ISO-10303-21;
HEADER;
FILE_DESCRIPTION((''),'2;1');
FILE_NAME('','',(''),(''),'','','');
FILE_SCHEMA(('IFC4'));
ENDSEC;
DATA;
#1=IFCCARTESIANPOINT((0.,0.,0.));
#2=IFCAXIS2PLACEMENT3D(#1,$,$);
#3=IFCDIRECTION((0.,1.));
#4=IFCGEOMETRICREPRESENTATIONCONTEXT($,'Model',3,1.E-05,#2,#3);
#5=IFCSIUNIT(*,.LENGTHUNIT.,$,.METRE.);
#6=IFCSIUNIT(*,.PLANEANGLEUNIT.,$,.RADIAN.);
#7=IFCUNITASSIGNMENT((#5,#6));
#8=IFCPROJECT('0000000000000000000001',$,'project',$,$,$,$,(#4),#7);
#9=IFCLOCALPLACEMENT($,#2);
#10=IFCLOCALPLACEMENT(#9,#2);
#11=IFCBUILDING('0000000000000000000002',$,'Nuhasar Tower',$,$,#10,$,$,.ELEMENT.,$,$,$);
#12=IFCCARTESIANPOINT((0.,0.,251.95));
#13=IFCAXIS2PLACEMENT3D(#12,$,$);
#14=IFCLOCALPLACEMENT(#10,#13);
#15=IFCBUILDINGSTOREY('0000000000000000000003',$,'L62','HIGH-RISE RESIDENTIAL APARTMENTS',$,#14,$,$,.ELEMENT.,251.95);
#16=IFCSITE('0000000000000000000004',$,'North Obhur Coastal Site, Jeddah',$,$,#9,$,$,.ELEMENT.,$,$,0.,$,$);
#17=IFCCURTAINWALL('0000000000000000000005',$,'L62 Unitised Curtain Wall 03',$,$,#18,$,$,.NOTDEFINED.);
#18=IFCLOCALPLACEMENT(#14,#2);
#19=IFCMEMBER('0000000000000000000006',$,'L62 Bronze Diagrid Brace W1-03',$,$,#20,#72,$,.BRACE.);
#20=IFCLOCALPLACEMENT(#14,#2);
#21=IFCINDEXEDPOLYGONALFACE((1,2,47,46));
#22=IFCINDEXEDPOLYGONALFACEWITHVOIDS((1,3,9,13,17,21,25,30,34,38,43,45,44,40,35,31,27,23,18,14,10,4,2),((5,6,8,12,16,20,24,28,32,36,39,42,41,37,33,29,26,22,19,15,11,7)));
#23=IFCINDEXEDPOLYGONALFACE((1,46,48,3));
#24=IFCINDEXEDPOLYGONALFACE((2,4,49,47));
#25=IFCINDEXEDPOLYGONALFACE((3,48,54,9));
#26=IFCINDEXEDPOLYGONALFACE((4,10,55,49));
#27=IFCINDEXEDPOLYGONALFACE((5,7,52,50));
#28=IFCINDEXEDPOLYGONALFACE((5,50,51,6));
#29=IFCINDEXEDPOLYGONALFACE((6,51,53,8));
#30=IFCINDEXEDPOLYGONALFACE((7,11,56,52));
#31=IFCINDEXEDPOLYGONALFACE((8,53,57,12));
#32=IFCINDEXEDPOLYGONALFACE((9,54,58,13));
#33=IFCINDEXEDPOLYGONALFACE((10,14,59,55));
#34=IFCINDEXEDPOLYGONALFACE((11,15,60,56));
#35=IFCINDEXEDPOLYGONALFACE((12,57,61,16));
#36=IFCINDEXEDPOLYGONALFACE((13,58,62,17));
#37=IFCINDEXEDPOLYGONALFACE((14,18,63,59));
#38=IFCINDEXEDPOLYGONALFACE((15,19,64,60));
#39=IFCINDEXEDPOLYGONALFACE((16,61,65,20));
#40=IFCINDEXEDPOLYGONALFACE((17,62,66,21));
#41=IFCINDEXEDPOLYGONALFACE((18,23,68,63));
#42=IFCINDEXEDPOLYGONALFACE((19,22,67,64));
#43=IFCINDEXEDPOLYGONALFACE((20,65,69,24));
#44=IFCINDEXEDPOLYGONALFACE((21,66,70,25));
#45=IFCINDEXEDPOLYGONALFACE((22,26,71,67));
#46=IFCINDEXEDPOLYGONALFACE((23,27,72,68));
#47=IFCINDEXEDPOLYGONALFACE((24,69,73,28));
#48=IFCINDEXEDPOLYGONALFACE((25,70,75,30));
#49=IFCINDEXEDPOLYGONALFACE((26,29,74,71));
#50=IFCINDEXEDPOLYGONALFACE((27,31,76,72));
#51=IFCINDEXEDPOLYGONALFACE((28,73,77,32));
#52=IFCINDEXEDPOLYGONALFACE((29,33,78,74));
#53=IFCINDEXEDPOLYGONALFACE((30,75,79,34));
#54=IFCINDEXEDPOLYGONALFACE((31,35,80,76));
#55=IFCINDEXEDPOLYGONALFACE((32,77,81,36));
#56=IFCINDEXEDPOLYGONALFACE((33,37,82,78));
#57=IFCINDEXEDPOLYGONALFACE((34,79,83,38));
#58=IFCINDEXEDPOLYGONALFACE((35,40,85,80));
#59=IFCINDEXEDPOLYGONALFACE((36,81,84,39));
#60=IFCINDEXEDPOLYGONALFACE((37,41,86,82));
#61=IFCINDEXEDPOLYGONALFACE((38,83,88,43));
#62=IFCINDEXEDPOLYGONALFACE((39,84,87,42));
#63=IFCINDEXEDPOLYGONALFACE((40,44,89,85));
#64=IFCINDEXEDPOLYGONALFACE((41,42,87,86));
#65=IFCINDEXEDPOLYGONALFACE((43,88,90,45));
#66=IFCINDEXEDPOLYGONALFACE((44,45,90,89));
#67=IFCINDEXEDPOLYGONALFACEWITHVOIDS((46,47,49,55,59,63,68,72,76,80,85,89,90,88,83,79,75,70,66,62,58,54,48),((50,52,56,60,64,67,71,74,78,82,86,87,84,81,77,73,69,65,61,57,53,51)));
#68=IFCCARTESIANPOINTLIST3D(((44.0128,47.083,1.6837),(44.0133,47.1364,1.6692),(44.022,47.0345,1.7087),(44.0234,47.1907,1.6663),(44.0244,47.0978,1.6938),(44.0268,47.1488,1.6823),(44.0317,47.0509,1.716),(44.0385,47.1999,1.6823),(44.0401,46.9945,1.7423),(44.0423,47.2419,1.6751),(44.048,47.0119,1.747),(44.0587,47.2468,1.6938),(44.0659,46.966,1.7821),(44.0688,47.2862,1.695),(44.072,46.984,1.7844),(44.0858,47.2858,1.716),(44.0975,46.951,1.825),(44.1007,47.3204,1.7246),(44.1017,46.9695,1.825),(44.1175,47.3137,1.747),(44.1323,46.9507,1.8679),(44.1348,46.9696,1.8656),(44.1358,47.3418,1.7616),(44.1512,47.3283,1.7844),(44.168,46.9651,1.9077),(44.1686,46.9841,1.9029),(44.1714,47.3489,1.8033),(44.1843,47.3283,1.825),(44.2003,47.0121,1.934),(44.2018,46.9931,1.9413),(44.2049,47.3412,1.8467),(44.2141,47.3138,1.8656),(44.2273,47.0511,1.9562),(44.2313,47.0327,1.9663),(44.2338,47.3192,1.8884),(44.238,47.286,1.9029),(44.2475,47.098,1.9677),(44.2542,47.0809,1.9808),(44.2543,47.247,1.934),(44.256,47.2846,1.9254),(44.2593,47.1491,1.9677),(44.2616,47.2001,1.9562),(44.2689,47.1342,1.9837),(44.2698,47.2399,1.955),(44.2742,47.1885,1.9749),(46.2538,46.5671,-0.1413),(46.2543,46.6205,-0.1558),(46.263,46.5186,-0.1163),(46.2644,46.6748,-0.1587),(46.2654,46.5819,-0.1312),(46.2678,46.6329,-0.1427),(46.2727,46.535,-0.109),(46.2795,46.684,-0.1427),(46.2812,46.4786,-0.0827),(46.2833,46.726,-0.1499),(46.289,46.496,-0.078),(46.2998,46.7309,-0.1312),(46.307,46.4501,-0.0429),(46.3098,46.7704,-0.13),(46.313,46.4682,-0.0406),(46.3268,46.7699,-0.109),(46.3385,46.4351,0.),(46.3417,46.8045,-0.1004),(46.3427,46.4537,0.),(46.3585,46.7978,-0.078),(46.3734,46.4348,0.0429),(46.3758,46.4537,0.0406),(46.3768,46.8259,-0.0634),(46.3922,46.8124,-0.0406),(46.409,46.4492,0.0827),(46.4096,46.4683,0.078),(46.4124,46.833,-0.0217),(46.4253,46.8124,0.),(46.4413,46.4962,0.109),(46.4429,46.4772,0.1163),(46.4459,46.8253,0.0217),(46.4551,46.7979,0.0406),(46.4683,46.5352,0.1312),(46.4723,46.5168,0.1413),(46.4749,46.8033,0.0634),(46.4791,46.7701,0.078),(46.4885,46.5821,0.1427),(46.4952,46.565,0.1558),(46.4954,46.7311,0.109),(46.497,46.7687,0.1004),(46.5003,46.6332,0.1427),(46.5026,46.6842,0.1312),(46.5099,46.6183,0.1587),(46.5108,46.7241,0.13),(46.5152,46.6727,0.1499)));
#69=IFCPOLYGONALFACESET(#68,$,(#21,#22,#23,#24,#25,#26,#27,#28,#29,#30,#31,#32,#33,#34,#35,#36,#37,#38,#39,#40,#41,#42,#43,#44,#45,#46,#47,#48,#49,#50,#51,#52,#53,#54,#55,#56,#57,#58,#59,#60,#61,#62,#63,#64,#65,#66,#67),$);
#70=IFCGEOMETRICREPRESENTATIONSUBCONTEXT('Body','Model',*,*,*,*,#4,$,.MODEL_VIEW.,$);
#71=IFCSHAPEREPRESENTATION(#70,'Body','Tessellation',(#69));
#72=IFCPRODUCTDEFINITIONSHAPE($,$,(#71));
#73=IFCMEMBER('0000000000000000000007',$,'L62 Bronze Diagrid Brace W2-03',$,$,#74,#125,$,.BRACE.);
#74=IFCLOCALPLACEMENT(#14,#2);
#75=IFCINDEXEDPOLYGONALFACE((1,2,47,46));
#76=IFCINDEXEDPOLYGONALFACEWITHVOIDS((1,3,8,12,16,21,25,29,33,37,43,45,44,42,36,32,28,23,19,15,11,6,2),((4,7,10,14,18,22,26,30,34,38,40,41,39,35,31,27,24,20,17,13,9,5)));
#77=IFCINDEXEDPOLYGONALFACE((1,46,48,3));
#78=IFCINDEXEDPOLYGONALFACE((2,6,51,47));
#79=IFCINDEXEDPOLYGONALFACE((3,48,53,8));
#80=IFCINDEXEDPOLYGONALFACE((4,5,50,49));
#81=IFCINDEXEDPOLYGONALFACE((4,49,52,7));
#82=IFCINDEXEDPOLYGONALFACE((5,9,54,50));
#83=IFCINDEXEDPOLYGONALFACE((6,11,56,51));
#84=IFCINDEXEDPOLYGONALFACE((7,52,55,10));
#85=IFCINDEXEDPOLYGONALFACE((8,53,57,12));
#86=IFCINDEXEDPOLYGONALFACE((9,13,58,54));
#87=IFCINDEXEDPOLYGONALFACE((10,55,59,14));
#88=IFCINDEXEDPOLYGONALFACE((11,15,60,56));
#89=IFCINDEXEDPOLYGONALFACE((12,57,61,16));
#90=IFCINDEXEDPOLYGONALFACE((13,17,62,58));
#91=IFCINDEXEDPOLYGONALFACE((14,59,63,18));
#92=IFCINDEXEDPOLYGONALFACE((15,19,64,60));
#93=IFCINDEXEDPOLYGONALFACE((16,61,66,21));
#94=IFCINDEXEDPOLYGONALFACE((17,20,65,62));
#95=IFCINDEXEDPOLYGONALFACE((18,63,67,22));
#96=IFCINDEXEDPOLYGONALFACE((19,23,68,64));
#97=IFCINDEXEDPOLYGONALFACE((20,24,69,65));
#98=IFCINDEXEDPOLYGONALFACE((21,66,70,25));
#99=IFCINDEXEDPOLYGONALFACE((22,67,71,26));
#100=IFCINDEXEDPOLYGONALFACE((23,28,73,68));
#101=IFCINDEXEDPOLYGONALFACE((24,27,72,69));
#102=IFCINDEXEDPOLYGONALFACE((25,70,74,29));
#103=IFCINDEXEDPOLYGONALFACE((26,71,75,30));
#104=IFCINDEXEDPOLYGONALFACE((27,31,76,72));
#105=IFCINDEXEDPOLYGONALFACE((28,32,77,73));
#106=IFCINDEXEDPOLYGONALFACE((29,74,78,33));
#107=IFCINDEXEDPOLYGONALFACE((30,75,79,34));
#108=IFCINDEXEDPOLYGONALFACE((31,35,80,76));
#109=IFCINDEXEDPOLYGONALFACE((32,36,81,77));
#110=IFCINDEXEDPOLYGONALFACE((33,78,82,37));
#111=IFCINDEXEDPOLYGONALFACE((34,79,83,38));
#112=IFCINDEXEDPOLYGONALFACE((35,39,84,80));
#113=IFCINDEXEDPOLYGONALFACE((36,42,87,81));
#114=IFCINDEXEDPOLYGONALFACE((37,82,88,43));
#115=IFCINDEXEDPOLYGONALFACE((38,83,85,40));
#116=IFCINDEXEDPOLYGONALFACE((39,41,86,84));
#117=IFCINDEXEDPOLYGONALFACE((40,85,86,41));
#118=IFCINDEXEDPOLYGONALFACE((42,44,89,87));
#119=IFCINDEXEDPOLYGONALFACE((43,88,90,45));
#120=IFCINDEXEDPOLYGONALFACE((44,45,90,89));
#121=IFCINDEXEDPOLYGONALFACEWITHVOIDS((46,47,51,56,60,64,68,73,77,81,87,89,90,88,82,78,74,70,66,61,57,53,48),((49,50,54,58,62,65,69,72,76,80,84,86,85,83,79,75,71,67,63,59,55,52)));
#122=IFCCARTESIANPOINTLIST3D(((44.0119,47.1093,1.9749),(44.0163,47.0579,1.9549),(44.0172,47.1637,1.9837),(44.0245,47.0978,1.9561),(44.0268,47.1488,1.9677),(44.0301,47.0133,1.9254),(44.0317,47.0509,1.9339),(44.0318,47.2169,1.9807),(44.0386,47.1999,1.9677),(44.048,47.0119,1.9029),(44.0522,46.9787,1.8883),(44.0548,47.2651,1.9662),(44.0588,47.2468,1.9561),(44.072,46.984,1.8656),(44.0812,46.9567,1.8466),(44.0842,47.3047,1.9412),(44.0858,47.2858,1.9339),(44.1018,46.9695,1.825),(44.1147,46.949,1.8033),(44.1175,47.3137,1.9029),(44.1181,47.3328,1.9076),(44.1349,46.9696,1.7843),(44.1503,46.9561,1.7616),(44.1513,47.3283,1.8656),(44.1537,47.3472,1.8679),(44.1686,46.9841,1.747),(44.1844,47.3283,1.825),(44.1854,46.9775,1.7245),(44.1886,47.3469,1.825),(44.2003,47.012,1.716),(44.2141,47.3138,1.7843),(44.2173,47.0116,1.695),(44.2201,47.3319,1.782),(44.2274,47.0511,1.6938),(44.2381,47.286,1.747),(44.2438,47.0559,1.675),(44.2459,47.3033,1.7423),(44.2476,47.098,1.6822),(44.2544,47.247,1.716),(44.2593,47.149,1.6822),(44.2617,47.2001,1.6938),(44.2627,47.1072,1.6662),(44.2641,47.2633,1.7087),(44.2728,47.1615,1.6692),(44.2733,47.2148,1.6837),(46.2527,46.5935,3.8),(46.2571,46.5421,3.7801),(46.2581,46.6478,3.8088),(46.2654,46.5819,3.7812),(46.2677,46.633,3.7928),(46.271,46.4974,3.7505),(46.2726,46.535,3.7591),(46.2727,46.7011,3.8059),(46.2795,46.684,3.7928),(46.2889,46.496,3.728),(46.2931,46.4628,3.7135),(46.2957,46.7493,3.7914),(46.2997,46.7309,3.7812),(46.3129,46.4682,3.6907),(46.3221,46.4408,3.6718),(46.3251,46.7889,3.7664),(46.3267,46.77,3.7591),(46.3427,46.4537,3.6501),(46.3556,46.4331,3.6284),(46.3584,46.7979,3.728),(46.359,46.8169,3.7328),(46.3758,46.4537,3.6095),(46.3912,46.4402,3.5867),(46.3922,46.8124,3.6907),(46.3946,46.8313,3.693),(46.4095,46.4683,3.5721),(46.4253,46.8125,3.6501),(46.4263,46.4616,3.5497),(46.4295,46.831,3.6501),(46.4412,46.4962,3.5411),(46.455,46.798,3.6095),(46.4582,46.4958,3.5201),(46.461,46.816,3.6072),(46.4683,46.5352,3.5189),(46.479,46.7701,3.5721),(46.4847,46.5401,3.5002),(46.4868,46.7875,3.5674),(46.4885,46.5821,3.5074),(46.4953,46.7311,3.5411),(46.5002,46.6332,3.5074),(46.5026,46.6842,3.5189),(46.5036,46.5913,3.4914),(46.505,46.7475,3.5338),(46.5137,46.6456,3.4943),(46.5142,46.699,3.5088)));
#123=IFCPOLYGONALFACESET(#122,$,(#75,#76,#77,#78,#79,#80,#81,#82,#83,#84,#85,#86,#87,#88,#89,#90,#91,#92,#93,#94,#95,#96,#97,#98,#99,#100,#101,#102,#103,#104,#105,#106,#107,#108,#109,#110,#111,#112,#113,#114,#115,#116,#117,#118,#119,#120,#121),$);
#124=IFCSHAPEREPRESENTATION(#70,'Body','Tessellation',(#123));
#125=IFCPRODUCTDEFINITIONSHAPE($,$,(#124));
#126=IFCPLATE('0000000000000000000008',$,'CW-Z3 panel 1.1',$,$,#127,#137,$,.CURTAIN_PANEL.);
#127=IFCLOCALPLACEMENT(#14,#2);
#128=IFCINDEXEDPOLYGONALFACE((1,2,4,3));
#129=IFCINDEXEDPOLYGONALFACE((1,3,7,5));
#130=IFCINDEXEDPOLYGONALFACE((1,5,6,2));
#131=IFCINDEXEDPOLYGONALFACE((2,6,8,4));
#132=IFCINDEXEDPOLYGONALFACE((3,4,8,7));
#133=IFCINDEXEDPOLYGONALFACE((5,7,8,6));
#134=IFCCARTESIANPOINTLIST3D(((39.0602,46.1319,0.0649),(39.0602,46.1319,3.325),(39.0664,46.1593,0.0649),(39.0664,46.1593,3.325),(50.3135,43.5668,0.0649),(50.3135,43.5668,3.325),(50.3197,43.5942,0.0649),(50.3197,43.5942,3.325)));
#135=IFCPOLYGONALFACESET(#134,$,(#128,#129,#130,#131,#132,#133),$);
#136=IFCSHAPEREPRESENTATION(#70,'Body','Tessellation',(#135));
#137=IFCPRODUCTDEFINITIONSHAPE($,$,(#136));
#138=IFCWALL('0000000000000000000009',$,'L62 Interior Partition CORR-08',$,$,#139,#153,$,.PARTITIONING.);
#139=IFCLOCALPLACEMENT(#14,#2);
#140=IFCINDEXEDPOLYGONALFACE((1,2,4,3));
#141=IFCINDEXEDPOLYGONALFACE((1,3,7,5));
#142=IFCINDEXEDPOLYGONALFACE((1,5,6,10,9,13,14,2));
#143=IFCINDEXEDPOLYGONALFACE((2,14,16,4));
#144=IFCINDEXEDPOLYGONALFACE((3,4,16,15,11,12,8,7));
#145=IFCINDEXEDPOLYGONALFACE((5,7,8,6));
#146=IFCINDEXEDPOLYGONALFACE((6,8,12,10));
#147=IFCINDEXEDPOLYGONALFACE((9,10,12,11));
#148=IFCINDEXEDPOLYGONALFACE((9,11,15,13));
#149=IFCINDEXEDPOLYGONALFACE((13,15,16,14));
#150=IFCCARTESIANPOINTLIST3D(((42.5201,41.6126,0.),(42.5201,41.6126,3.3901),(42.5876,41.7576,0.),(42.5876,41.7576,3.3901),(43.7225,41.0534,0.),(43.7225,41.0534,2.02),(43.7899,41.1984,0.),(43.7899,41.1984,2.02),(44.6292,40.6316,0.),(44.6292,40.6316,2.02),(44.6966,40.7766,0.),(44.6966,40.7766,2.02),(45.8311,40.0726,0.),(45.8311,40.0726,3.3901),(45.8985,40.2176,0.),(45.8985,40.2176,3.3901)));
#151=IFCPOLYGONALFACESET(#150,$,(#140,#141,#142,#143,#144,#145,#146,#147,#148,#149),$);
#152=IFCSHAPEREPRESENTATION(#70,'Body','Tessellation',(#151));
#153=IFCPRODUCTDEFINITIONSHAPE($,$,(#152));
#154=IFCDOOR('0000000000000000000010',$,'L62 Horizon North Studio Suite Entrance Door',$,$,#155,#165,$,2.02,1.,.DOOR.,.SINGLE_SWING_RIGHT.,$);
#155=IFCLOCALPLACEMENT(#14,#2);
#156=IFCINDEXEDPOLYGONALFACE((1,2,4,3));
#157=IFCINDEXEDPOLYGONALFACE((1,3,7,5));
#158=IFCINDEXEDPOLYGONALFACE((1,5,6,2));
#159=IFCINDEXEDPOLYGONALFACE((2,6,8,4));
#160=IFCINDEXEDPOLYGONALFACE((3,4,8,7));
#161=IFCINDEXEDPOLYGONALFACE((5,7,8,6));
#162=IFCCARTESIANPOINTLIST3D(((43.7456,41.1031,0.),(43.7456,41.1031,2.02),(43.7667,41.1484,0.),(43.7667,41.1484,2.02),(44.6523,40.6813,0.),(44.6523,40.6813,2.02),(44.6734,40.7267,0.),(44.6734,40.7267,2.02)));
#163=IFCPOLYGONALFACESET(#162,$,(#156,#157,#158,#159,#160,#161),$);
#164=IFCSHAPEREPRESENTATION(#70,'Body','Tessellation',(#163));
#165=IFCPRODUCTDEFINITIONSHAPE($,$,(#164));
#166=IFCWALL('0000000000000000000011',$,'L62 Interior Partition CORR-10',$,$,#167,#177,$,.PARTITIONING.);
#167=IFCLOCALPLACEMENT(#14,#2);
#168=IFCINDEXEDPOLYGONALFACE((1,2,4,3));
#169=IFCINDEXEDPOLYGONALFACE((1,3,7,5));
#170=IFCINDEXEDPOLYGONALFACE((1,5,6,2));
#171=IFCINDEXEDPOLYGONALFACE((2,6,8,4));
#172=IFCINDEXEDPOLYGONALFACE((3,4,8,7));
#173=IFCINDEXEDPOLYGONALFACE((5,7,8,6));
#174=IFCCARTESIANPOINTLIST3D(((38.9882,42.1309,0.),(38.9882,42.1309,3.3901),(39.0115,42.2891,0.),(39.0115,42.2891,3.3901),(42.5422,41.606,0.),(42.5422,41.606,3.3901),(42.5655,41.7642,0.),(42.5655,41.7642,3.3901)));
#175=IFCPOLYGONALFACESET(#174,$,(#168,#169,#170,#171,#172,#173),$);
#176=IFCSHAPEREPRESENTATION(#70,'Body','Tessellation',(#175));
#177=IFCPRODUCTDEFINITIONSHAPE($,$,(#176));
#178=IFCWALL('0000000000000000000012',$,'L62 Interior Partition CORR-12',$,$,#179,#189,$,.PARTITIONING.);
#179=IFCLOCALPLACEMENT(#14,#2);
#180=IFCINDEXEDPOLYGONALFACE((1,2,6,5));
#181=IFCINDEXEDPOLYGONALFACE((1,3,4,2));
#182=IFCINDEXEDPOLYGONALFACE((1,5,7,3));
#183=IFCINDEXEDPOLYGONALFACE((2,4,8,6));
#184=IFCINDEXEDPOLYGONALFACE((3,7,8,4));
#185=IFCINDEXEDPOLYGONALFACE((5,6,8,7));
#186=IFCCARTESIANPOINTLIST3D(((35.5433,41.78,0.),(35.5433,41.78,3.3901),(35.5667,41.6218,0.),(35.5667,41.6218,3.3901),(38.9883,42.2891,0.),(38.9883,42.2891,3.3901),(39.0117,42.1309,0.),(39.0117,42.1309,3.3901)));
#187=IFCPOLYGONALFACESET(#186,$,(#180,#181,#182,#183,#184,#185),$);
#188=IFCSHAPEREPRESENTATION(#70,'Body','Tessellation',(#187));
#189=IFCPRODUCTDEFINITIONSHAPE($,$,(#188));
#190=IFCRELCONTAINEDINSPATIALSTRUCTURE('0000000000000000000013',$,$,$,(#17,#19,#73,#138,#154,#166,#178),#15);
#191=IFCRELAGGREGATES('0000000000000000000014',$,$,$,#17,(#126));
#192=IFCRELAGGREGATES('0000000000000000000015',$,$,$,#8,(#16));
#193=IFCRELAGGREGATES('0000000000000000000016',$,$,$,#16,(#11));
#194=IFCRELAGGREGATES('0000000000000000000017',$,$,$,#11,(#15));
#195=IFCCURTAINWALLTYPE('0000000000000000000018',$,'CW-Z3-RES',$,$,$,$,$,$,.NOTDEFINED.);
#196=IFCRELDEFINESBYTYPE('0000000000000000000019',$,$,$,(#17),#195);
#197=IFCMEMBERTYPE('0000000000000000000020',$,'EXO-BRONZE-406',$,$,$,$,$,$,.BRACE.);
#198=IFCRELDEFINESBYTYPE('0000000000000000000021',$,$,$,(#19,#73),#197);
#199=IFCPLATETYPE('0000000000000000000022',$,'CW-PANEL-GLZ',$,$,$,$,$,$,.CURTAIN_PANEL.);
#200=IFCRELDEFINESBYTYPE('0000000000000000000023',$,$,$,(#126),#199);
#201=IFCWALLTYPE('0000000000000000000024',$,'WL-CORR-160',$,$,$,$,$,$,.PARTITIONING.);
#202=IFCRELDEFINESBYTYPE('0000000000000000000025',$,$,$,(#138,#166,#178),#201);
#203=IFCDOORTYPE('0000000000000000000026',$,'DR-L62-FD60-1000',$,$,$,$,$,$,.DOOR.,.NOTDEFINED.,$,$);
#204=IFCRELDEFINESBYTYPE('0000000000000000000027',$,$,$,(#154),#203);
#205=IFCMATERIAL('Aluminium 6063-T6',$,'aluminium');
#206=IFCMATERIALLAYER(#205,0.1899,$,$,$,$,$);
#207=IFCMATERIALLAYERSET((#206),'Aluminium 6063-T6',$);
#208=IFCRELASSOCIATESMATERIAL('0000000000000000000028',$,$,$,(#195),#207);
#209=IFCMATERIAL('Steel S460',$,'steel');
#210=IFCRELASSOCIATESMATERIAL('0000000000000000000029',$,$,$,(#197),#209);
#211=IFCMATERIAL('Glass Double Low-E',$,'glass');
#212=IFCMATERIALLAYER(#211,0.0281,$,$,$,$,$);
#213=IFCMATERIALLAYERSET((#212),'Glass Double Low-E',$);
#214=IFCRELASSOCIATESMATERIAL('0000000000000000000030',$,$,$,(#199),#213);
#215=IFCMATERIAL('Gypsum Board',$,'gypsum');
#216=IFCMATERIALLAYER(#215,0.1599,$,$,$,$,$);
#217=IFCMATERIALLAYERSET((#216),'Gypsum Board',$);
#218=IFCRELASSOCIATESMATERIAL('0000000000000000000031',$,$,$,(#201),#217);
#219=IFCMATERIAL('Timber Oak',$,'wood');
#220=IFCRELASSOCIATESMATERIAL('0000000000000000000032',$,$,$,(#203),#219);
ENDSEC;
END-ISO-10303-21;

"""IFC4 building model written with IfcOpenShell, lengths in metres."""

from ifc_helpers import new_model, si_unit, direction, frame, frame_2d, origin, origin_2d, place, context, subcontext, project, spatial, rectangle, hollow_circle, extrude, material, layer, layer_set, material_profile, profile_set, type_object, element, fill, aggregate, save


model = new_model("IFC4")

# Units and contexts
model_context = context("Model", 3, precision=1e-05, world=origin(), true_north=direction((0.0, 1.0)))
body_context = subcontext(model_context, "Body", "Model", "MODEL_VIEW")
ifc_project = project(units=[si_unit("LENGTHUNIT", "METRE"), si_unit("PLANEANGLEUNIT", "RADIAN")], contexts=[model_context])

# Site, building, storey
site_placement = place(None, origin())
site = spatial("IfcSite", under=ifc_project, at=site_placement, Name="North Obhur Coastal Site, Jeddah", CompositionType="ELEMENT", RefElevation=0.0)
building_placement = place(site_placement, origin())
building = spatial("IfcBuilding", under=site, at=building_placement, Name="Nuhasar Tower", CompositionType="ELEMENT")
storey_placement = place(building_placement, frame((0.0, 0.0, 251.95)))
storey = spatial("IfcBuildingStorey", under=building, at=storey_placement, Name="L62", Description="HIGH-RISE RESIDENTIAL APARTMENTS", CompositionType="ELEMENT", Elevation=251.95)

# Curtain wall
ifc_material_1 = material(Name="Aluminium 6063-T6", Category="aluminium")
ifc_layer_1 = layer(ifc_material_1, 0.1899)
ifc_layer_set_1 = layer_set([ifc_layer_1], Name="Aluminium 6063-T6")
curtain_wall_type = type_object("IfcCurtainWallType", Name="CW-Z3-RES", PredefinedType="NOTDEFINED", material=ifc_layer_set_1)
curtain_wall_1_placement = place(storey_placement, origin())
curtain_wall_1 = element("IfcCurtainWall", 1, at=curtain_wall_1_placement, inside=storey, type_object=curtain_wall_type, Name="L62 Unitised Curtain Wall 03", PredefinedType="NOTDEFINED")

# Members
ifc_material_2 = material(Name="Steel S460", Category="steel")
ifc_material_profile_1 = material_profile(ifc_material_2, hollow_circle(Radius=0.2031, WallThickness=0.019, at=origin_2d()), Name="HSS406.4X19.1")
ifc_profile_set_1 = profile_set([ifc_material_profile_1], Name="Steel S460")
member_type_1 = type_object("IfcMemberType", Name="EXO-BRONZE-406", PredefinedType="BRACE", material=ifc_profile_set_1)
for number, where, z_axis, x_axis, name in (
    (2, (46.384, 46.6331, 0.0), (-0.763343, 0.175721, 0.621635), (-0.224332, -0.974513, 0.0), "L62 Bronze Diagrid Brace W1-03"),
    (3, (44.1431, 47.1489, 1.825), (0.763303, -0.175712, 0.621686), (0.224332, 0.974513, 0.0), "L62 Bronze Diagrid Brace W2-03"),
):
    element("IfcMember", number, at=place(storey_placement, frame(where, z_axis=z_axis, x_axis=x_axis)), inside=storey, type_object=member_type_1, Name=name, PredefinedType="BRACE", context=body_context, shape_type="SweptSolid", body=[
        extrude(hollow_circle(Radius=0.2031, WallThickness=0.019, at=origin_2d()), origin(), (0.0, 0.0, 1.0), 2.9358),
    ])

# Plate
ifc_material_3 = material(Name="Glass Double Low-E", Category="glass")
ifc_layer_2 = layer(ifc_material_3, 0.0281)
ifc_layer_set_2 = layer_set([ifc_layer_2], Name="Glass Double Low-E")
plate_type = type_object("IfcPlateType", Name="CW-PANEL-GLZ", PredefinedType="CURTAIN_PANEL", material=ifc_layer_set_2)
plate_placement = place(storey_placement, frame((44.6899, 44.863, 0.0649), z_axis=(0.0, 0.0, 1.0), x_axis=(-0.974991, 0.222243, 0.0)))
plate = element("IfcPlate", 4, at=plate_placement, type_object=plate_type, Name="CW-Z3 panel 1.1", PredefinedType="CURTAIN_PANEL", context=body_context, shape_type="SweptSolid", body=[
    extrude(rectangle(XDim=11.542, YDim=0.0281, at=origin_2d()), origin(), (0.0, 0.0, 1.0), 3.26),
])
aggregate(curtain_wall_1, [plate])

# Wall, opening, door
ifc_material_4 = material(Name="Gypsum Board", Category="gypsum")
ifc_layer_3 = layer(ifc_material_4, 0.1599)
ifc_layer_set_3 = layer_set([ifc_layer_3], Name="Gypsum Board")
wall_type_1 = type_object("IfcWallType", Name="WL-CORR-160", PredefinedType="PARTITIONING", material=ifc_layer_set_3)
wall_1_placement = place(storey_placement, frame((42.554, 41.6851, 0.0), z_axis=(0.0, 0.0, 1.0), x_axis=(0.906719, -0.421736, 0.0)))
wall_1 = element("IfcWall", 5, at=wall_1_placement, inside=storey, type_object=wall_type_1, Name="L62 Interior Partition CORR-08", PredefinedType="PARTITIONING", context=body_context, shape_type="SweptSolid", body=[
    extrude(rectangle(XDim=3.6516, YDim=0.1599, at=frame_2d((1.8257, 0.0))), origin(), (0.0, 0.0, 1.0), 3.3901),
])
opening_1_placement = place(wall_1_placement, frame((1.3259, 0.0, 0.0)))
opening_1 = element("IfcOpeningElement", 6, at=opening_1_placement, cuts=wall_1, PredefinedType="OPENING", context=body_context, shape_type="SweptSolid", body=[
    extrude(rectangle(XDim=1.0, YDim=2.02, at=frame_2d((0.5, 1.01))), frame((0.0, 0.0898, 0.0), z_axis=(0.0, -1.0, 0.0), x_axis=(1.0, 0.0, 0.0)), (0.0, 0.0, 1.0), 0.1799),
])
ifc_material_5 = material(Name="Timber Oak", Category="wood")
door_type_1 = type_object("IfcDoorType", Name="DR-L62-FD60-1000", OperationType="NOTDEFINED", PredefinedType="DOOR", material=ifc_material_5)
door_1_placement = place(opening_1_placement, origin())
door_1 = element("IfcDoor", 7, at=door_1_placement, inside=storey, type_object=door_type_1, Name="L62 Horizon North Studio Suite Entrance Door", OperationType="SINGLE_SWING_RIGHT", OverallHeight=2.02, OverallWidth=1.0, PredefinedType="DOOR", context=body_context, shape_type="SweptSolid", body=[
    extrude(rectangle(XDim=1.0, YDim=2.02, at=frame_2d((0.5, 1.01))), frame((0.0, 0.0249, 0.0), z_axis=(0.0, -1.0, 0.0), x_axis=(1.0, 0.0, 0.0)), (0.0, 0.0, 1.0), 0.05),
])
fill(opening_1, door_1)

# Walls
wall_2_placement = place(storey_placement, frame((42.554, 41.6851, 0.0), z_axis=(0.0, 0.0, 1.0), x_axis=(-0.989268, 0.14611, 0.0)))
element("IfcWall", 8, at=wall_2_placement, inside=storey, type_object=wall_type_1, Name="L62 Interior Partition CORR-10", PredefinedType="PARTITIONING", context=body_context, shape_type="SweptSolid", body=[
    extrude(rectangle(XDim=3.5925, YDim=0.1599, at=frame_2d((1.7964, 0.0))), origin(), (0.0, 0.0, 1.0), 3.3901),
])
wall_3_placement = place(storey_placement, frame((39.0, 42.21, 0.0), z_axis=(0.0, 0.0, 1.0), x_axis=(-0.989259, -0.14617, 0.0)))
element("IfcWall", 9, at=wall_3_placement, inside=storey, type_object=wall_type_1, Name="L62 Interior Partition CORR-12", PredefinedType="PARTITIONING", context=body_context, shape_type="SweptSolid", body=[
    extrude(rectangle(XDim=3.4824, YDim=0.1599, at=frame_2d((1.7412, 0.0))), origin(), (0.0, 0.0, 1.0), 3.3901),
])

save(model, "model.ifc")
